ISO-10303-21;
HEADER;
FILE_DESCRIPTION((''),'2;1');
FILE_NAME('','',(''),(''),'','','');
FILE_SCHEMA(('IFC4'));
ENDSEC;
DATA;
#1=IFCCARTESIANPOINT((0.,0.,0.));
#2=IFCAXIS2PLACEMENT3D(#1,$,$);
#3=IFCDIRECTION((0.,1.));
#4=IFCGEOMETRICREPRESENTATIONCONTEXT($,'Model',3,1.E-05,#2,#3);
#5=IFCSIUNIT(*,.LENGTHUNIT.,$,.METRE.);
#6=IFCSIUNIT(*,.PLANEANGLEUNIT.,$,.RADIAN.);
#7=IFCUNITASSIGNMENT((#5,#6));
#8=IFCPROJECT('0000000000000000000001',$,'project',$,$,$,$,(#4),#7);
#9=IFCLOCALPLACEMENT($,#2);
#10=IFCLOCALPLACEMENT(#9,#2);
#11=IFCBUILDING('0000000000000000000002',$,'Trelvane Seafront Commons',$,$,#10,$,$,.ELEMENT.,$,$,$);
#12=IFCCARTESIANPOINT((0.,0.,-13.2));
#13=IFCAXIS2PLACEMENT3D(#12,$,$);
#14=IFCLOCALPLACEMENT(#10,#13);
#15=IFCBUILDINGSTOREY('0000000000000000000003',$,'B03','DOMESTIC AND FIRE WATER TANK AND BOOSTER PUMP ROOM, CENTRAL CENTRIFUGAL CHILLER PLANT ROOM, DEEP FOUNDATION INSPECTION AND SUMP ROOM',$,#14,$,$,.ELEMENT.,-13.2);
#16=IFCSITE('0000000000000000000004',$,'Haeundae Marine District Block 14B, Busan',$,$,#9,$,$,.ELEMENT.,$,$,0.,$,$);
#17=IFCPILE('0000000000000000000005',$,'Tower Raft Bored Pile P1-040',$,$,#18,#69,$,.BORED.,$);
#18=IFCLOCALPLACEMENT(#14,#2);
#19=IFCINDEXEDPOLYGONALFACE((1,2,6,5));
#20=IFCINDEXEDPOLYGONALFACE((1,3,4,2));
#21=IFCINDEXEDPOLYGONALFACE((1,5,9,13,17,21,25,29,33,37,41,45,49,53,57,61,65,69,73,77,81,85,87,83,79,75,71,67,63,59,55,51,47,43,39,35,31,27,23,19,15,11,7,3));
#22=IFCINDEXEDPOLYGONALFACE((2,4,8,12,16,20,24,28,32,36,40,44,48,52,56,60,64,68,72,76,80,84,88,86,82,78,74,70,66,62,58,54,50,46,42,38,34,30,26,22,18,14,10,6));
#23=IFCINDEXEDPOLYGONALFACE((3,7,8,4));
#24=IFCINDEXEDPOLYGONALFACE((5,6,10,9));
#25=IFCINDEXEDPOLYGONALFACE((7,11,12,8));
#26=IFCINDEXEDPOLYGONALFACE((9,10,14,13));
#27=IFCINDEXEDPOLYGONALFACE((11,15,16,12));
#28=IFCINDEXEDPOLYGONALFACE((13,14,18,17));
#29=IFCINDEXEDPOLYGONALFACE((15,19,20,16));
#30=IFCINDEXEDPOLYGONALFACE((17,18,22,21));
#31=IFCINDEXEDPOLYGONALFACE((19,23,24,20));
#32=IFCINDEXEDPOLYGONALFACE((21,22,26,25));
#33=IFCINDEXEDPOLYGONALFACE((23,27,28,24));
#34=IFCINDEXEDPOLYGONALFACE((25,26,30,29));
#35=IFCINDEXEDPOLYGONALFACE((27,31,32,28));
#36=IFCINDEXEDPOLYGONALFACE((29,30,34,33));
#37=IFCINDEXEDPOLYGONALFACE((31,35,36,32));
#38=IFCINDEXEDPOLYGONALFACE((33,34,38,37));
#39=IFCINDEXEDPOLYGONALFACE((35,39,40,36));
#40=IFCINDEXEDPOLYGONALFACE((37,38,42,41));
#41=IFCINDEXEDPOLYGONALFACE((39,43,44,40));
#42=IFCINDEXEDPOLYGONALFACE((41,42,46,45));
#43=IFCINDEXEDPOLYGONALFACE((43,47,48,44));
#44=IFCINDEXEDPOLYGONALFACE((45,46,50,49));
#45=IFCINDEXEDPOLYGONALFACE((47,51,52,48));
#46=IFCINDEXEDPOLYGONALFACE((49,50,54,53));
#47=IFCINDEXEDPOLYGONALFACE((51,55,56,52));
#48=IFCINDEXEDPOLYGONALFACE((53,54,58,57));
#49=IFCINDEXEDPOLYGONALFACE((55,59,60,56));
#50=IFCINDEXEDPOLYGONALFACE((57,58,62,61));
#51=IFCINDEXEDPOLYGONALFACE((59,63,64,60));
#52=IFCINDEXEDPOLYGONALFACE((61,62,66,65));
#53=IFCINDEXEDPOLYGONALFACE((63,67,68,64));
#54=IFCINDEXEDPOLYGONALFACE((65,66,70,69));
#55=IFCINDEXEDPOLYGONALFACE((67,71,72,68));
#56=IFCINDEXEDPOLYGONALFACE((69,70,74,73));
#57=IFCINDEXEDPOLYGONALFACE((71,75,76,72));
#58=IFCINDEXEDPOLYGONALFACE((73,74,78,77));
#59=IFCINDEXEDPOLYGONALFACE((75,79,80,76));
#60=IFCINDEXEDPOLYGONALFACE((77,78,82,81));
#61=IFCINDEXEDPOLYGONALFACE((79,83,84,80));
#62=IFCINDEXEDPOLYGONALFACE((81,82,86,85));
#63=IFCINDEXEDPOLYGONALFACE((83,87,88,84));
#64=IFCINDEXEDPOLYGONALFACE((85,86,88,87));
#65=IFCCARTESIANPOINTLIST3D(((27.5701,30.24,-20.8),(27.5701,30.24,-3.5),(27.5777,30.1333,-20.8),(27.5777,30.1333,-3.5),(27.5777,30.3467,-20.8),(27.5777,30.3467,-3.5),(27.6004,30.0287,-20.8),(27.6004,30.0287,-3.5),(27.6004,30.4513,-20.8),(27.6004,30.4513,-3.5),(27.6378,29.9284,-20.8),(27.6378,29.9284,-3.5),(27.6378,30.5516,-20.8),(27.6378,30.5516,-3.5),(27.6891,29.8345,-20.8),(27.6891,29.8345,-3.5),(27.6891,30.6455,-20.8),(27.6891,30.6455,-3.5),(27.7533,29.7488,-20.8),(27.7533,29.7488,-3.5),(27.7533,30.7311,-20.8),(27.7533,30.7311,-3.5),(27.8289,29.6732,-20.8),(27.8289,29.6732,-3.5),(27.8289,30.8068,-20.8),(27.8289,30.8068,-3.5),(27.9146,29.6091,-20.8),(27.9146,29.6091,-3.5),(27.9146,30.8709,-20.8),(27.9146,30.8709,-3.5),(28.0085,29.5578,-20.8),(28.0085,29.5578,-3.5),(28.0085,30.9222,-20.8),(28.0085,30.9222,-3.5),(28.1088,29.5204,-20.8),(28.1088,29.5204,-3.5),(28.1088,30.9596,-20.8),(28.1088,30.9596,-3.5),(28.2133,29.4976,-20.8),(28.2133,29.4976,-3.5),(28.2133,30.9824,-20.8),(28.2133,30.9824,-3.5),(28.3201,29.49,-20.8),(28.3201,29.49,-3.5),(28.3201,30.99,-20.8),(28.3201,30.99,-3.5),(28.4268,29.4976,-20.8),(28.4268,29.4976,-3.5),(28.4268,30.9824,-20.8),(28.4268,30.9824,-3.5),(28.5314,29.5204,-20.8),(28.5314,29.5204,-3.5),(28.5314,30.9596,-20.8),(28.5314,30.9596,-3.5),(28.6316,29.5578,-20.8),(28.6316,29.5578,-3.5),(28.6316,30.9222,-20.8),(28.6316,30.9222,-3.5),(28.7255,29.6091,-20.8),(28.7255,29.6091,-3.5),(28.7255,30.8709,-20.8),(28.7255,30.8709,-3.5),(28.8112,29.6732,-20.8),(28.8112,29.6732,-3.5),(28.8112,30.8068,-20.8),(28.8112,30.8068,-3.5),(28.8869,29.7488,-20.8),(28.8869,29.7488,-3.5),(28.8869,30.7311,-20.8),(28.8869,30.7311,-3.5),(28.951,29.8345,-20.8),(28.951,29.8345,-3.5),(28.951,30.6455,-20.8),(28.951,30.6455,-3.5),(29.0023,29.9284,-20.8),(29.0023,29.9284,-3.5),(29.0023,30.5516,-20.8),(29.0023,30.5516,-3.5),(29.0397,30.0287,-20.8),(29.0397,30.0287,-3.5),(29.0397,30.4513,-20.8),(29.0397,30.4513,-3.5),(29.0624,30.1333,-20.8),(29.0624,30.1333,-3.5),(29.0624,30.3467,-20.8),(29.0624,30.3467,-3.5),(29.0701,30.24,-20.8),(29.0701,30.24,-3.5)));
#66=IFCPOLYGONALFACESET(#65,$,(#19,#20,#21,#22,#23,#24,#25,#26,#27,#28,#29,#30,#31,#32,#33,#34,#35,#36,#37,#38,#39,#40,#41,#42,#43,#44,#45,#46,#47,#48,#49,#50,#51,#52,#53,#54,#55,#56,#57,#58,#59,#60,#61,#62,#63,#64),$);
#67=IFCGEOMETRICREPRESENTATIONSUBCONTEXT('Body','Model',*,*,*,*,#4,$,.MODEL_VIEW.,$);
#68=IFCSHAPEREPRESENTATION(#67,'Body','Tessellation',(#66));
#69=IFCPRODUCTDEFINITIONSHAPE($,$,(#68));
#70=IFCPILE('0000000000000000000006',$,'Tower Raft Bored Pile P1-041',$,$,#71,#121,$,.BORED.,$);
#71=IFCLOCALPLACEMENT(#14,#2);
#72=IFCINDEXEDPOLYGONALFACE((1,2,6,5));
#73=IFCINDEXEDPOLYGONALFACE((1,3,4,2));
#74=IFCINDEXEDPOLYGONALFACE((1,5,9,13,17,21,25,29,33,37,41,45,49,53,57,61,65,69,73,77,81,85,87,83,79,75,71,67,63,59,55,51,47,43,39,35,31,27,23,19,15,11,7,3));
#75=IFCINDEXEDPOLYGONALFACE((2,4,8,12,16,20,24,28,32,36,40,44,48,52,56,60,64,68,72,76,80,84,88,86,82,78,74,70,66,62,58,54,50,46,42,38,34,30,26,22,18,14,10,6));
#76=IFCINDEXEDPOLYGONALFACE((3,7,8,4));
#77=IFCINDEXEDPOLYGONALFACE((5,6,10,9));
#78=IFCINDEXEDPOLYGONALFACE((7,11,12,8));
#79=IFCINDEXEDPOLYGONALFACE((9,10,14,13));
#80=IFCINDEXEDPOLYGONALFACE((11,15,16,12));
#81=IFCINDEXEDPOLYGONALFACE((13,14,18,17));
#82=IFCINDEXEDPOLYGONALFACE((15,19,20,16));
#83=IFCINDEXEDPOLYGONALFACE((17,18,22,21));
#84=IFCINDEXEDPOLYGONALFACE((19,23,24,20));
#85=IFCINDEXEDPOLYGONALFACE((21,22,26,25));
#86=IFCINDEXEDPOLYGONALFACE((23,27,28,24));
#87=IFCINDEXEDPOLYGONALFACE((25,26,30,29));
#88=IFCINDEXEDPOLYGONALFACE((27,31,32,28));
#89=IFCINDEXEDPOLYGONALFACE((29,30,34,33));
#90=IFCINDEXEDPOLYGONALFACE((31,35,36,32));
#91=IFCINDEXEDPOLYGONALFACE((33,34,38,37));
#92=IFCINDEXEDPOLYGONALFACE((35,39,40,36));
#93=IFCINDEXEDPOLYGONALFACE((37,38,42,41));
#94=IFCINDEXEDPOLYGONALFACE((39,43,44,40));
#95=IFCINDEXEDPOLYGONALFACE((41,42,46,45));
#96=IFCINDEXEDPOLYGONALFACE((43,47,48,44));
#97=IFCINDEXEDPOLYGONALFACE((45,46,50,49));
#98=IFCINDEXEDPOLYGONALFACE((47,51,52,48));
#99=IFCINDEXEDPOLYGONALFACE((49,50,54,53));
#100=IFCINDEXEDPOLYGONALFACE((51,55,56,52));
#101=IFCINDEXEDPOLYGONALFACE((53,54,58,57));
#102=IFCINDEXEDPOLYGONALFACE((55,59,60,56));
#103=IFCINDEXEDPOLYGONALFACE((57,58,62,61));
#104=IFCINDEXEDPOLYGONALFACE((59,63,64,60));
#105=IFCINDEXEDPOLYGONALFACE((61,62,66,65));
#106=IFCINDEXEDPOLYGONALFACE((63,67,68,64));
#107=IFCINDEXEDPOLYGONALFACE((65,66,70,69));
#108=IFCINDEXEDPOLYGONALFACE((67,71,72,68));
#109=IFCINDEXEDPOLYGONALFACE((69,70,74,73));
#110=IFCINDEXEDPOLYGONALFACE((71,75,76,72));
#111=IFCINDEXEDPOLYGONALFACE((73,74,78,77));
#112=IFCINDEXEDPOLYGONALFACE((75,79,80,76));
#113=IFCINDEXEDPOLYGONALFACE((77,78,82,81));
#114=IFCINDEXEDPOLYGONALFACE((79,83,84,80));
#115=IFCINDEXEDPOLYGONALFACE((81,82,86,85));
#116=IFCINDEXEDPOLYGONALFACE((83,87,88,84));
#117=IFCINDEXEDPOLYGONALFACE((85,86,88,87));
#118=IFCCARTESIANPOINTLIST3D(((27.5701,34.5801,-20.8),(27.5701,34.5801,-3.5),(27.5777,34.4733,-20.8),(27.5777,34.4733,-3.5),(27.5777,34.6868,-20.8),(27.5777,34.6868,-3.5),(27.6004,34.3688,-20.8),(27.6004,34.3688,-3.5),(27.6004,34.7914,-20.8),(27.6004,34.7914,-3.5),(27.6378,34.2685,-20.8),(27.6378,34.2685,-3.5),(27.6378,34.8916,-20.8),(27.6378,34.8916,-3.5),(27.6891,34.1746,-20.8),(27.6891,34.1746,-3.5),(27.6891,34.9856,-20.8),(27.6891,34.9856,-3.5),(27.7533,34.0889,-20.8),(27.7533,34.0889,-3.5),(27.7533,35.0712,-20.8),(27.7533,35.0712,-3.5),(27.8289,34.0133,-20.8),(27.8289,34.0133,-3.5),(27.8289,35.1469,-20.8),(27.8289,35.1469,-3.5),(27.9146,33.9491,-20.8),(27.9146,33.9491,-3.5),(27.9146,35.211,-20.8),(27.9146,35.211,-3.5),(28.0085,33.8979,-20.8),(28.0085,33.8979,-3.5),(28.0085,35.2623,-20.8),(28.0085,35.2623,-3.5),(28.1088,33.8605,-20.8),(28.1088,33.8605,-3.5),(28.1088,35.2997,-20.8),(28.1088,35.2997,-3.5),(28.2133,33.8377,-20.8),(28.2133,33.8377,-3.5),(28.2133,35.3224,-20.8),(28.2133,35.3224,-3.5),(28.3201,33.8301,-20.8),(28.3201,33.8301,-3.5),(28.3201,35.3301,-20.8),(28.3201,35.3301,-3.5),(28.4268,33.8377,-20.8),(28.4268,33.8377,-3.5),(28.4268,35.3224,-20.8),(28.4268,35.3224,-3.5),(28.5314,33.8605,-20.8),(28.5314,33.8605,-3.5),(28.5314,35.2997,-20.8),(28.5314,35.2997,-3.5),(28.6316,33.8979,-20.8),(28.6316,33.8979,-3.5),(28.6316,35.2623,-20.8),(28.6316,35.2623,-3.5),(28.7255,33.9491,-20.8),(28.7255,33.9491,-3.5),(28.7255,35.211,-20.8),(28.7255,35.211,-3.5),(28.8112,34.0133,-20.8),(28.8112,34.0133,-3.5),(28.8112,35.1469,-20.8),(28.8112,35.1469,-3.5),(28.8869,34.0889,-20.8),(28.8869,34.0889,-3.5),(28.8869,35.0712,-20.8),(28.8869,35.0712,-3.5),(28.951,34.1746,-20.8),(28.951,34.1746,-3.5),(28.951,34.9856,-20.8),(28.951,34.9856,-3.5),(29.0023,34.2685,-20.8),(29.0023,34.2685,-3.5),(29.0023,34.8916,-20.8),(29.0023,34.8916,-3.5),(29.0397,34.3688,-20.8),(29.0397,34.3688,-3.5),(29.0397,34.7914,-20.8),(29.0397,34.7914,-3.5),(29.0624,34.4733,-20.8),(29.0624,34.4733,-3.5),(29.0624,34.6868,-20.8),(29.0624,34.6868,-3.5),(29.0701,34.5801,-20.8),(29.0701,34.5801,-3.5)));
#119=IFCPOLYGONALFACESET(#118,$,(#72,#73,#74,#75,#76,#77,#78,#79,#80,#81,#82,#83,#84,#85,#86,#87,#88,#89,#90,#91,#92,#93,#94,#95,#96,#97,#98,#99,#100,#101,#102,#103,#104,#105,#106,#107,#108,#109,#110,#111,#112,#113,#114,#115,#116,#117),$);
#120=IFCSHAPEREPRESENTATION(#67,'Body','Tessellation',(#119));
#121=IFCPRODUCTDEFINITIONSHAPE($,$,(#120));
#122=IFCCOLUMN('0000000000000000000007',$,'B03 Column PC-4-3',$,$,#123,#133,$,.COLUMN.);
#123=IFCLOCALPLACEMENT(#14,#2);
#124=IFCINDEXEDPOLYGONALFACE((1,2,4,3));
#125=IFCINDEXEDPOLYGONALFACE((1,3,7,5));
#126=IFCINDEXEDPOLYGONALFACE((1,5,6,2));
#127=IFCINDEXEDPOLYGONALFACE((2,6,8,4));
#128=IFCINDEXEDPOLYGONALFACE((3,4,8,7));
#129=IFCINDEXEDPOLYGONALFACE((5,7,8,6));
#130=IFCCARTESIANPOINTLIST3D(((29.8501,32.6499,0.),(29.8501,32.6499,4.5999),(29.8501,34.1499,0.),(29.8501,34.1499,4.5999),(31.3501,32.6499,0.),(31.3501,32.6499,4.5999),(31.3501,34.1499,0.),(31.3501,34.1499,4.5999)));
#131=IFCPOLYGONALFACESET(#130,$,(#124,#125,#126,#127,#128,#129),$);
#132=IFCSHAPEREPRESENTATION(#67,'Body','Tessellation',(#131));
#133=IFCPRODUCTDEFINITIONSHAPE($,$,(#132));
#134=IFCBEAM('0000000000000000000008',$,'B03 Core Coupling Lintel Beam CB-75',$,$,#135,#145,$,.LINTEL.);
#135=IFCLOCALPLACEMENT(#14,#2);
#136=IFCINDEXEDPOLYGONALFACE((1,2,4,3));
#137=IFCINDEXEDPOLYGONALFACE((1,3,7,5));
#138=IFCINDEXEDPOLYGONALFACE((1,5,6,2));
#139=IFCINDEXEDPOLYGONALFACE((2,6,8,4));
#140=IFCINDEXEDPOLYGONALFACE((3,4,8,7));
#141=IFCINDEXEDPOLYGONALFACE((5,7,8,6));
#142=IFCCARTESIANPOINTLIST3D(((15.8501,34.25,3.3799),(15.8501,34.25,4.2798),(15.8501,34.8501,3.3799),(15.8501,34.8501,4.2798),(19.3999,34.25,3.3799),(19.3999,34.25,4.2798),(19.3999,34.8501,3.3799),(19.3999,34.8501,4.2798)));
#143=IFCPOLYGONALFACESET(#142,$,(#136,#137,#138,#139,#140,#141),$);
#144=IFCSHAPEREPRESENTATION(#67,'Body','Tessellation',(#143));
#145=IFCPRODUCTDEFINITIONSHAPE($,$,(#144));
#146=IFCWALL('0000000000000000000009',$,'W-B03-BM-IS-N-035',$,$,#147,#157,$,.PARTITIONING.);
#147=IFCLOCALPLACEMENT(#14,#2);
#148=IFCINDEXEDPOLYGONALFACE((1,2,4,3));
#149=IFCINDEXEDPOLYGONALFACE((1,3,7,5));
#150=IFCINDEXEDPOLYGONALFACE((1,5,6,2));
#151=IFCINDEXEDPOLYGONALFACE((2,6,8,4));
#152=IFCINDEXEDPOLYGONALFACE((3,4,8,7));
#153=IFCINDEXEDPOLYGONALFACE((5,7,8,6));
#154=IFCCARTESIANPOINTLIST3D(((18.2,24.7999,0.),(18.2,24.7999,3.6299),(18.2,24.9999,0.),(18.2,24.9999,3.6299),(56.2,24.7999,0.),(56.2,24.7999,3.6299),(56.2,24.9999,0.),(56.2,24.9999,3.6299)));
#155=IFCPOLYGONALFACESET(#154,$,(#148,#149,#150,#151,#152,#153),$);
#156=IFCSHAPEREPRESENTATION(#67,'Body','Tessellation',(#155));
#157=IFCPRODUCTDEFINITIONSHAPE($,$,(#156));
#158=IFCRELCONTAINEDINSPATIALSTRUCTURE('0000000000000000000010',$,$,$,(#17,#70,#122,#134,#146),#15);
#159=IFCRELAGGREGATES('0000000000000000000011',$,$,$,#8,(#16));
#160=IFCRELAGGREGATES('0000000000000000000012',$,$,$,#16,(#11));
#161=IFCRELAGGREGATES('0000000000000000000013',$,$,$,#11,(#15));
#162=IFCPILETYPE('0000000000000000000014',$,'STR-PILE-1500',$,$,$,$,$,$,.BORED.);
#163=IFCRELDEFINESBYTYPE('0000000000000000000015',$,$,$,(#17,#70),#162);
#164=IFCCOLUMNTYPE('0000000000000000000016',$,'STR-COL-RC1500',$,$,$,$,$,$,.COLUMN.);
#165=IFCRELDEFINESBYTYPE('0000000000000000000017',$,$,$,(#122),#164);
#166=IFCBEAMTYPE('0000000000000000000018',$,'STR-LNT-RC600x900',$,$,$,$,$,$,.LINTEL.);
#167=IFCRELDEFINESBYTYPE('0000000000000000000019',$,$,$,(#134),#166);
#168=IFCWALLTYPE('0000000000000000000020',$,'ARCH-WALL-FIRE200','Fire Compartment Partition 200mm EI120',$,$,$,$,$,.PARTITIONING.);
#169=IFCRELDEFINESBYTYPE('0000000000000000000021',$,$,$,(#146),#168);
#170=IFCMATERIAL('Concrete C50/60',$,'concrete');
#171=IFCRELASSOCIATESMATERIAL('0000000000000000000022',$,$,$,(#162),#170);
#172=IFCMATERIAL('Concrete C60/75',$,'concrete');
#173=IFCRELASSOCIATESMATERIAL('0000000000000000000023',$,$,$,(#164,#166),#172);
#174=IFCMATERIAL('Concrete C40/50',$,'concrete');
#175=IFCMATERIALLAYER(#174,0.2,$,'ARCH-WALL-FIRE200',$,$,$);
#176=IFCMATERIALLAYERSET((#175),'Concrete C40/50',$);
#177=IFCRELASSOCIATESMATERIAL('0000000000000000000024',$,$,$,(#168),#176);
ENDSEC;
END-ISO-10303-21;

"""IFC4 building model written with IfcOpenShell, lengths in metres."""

from ifc_helpers import new_model, si_unit, direction, frame, frame_2d, origin, origin_2d, place, context, subcontext, project, spatial, rectangle, circle, extrude, source, transform, mapped, material, layer, layer_set, material_profile, profile_set, type_object, element, save


model = new_model("IFC4")

# Units and contexts
model_context = context("Model", 3, precision=1e-05, world=origin(), true_north=direction((0.0, 1.0)))
body_context = subcontext(model_context, "Body", "Model", "MODEL_VIEW")
ifc_project = project(units=[si_unit("LENGTHUNIT", "METRE"), si_unit("PLANEANGLEUNIT", "RADIAN")], contexts=[model_context])

# Site, building, storey
site_placement = place(None, origin())
site = spatial("IfcSite", under=ifc_project, at=site_placement, Name="Haeundae Marine District Block 14B, Busan", CompositionType="ELEMENT", RefElevation=0.0)
building_placement = place(site_placement, origin())
building = spatial("IfcBuilding", under=site, at=building_placement, Name="Trelvane Seafront Commons", CompositionType="ELEMENT")
storey_placement = place(building_placement, frame((0.0, 0.0, -13.2)))
storey = spatial("IfcBuildingStorey", under=building, at=storey_placement, Name="B03", Description="DOMESTIC AND FIRE WATER TANK AND BOOSTER PUMP ROOM, CENTRAL CENTRIFUGAL CHILLER PLANT ROOM, DEEP FOUNDATION INSPECTION AND SUMP ROOM", CompositionType="ELEMENT", Elevation=-13.2)

# Piles
ifc_material_1 = material(Name="Concrete C50/60", Category="concrete")
ifc_material_profile_1 = material_profile(ifc_material_1, circle(Radius=0.75, at=origin_2d()), Name="PILE-1500")
ifc_profile_set_1 = profile_set([ifc_material_profile_1], Name="Concrete C50/60")
pile_type = type_object("IfcPileType", Name="STR-PILE-1500", PredefinedType="BORED", material=ifc_profile_set_1)
shared_shape_1 = source(origin(), body_context, "Body", "SweptSolid", [
    extrude(circle(Radius=0.75, at=origin_2d()), origin(), (0.0, 0.0, 1.0), 17.3),
])
for number, where, z_axis, x_axis, name in (
    (1, (28.3201, 30.24, -3.5), (0.0, 0.0, -1.0), (1.0, 0.0, 0.0), "Tower Raft Bored Pile P1-040"),
    (2, (28.3201, 34.5801, -3.5), (0.0, 0.0, -1.0), (1.0, 0.0, 0.0), "Tower Raft Bored Pile P1-041"),
):
    element("IfcPile", number, at=place(storey_placement, frame(where, z_axis=z_axis, x_axis=x_axis)), inside=storey, type_object=pile_type, Name=name, PredefinedType="BORED", context=body_context, shape_type="MappedRepresentation", body=[
        mapped(shared_shape_1, transform((0.0, 0.0, 0.0), x_axis=(1.0, 0.0, 0.0), y_axis=(0.0, 1.0, 0.0), z_axis=(0.0, 0.0, 1.0), scale=1.0)),
    ])

# Column
ifc_material_2 = material(Name="Concrete C60/75", Category="concrete")
ifc_material_profile_2 = material_profile(ifc_material_2, rectangle(XDim=1.5, YDim=1.5, at=origin_2d()), Name="RC-1500x1500")
ifc_profile_set_2 = profile_set([ifc_material_profile_2], Name="Concrete C60/75")
column_type = type_object("IfcColumnType", Name="STR-COL-RC1500", PredefinedType="COLUMN", material=ifc_profile_set_2)
shared_shape_2 = source(origin(), body_context, "Body", "SweptSolid", [
    extrude(rectangle(XDim=1.5, YDim=1.5, at=origin_2d()), origin(), (0.0, 0.0, 1.0), 4.5999),
])
column_placement = place(storey_placement, frame((30.6001, 33.3999, 0.0), z_axis=(0.0, 0.0, 1.0), x_axis=(1.0, 0.0, 0.0)))
element("IfcColumn", 3, at=column_placement, inside=storey, type_object=column_type, Name="B03 Column PC-4-3", PredefinedType="COLUMN", context=body_context, shape_type="MappedRepresentation", body=[
    mapped(shared_shape_2, transform((0.0, 0.0, 0.0), x_axis=(1.0, 0.0, 0.0), y_axis=(0.0, 1.0, 0.0), z_axis=(0.0, 0.0, 1.0), scale=1.0)),
])

# Beam
ifc_material_profile_3 = material_profile(ifc_material_2, rectangle(XDim=0.6001, YDim=0.8999, at=origin_2d()), Name="RC-600x900")
ifc_profile_set_3 = profile_set([ifc_material_profile_3], Name="Concrete C60/75")
beam_type = type_object("IfcBeamType", Name="STR-LNT-RC600x900", PredefinedType="LINTEL", material=ifc_profile_set_3)
shared_shape_3 = source(origin(), body_context, "Body", "SweptSolid", [
    extrude(rectangle(XDim=0.6001, YDim=0.8999, at=origin_2d()), origin(), (0.0, 0.0, 1.0), 3.5498),
])
beam_placement = place(storey_placement, frame((15.8501, 34.55, 3.8298), z_axis=(1.0, 0.0, 0.0), x_axis=(0.0, 1.0, 0.0)))
element("IfcBeam", 4, at=beam_placement, inside=storey, type_object=beam_type, Name="B03 Core Coupling Lintel Beam CB-75", PredefinedType="LINTEL", context=body_context, shape_type="MappedRepresentation", body=[
    mapped(shared_shape_3, transform((0.0, 0.0, 0.0), x_axis=(1.0, 0.0, 0.0), y_axis=(0.0, 1.0, 0.0), z_axis=(0.0, 0.0, 1.0), scale=1.0)),
])

# Wall
ifc_material_3 = material(Name="Concrete C40/50", Category="concrete")
ifc_layer_1 = layer(ifc_material_3, 0.2, Name="ARCH-WALL-FIRE200")
ifc_layer_set_1 = layer_set([ifc_layer_1], Name="Concrete C40/50")
wall_type_1 = type_object("IfcWallType", Name="ARCH-WALL-FIRE200", Description="Fire Compartment Partition 200mm EI120", PredefinedType="PARTITIONING", material=ifc_layer_set_1)
wall_1_placement = place(storey_placement, frame((18.2, 24.8999, 0.0), z_axis=(0.0, 0.0, 1.0), x_axis=(1.0, 0.0, 0.0)))
element("IfcWall", 5, at=wall_1_placement, inside=storey, type_object=wall_type_1, Name="W-B03-BM-IS-N-035", PredefinedType="PARTITIONING", context=body_context, shape_type="SweptSolid", body=[
    extrude(rectangle(XDim=38.0, YDim=0.2, at=frame_2d((19.0, 0.0))), origin(), (0.0, 0.0, 1.0), 3.6299),
])

save(model, "model.ifc")
